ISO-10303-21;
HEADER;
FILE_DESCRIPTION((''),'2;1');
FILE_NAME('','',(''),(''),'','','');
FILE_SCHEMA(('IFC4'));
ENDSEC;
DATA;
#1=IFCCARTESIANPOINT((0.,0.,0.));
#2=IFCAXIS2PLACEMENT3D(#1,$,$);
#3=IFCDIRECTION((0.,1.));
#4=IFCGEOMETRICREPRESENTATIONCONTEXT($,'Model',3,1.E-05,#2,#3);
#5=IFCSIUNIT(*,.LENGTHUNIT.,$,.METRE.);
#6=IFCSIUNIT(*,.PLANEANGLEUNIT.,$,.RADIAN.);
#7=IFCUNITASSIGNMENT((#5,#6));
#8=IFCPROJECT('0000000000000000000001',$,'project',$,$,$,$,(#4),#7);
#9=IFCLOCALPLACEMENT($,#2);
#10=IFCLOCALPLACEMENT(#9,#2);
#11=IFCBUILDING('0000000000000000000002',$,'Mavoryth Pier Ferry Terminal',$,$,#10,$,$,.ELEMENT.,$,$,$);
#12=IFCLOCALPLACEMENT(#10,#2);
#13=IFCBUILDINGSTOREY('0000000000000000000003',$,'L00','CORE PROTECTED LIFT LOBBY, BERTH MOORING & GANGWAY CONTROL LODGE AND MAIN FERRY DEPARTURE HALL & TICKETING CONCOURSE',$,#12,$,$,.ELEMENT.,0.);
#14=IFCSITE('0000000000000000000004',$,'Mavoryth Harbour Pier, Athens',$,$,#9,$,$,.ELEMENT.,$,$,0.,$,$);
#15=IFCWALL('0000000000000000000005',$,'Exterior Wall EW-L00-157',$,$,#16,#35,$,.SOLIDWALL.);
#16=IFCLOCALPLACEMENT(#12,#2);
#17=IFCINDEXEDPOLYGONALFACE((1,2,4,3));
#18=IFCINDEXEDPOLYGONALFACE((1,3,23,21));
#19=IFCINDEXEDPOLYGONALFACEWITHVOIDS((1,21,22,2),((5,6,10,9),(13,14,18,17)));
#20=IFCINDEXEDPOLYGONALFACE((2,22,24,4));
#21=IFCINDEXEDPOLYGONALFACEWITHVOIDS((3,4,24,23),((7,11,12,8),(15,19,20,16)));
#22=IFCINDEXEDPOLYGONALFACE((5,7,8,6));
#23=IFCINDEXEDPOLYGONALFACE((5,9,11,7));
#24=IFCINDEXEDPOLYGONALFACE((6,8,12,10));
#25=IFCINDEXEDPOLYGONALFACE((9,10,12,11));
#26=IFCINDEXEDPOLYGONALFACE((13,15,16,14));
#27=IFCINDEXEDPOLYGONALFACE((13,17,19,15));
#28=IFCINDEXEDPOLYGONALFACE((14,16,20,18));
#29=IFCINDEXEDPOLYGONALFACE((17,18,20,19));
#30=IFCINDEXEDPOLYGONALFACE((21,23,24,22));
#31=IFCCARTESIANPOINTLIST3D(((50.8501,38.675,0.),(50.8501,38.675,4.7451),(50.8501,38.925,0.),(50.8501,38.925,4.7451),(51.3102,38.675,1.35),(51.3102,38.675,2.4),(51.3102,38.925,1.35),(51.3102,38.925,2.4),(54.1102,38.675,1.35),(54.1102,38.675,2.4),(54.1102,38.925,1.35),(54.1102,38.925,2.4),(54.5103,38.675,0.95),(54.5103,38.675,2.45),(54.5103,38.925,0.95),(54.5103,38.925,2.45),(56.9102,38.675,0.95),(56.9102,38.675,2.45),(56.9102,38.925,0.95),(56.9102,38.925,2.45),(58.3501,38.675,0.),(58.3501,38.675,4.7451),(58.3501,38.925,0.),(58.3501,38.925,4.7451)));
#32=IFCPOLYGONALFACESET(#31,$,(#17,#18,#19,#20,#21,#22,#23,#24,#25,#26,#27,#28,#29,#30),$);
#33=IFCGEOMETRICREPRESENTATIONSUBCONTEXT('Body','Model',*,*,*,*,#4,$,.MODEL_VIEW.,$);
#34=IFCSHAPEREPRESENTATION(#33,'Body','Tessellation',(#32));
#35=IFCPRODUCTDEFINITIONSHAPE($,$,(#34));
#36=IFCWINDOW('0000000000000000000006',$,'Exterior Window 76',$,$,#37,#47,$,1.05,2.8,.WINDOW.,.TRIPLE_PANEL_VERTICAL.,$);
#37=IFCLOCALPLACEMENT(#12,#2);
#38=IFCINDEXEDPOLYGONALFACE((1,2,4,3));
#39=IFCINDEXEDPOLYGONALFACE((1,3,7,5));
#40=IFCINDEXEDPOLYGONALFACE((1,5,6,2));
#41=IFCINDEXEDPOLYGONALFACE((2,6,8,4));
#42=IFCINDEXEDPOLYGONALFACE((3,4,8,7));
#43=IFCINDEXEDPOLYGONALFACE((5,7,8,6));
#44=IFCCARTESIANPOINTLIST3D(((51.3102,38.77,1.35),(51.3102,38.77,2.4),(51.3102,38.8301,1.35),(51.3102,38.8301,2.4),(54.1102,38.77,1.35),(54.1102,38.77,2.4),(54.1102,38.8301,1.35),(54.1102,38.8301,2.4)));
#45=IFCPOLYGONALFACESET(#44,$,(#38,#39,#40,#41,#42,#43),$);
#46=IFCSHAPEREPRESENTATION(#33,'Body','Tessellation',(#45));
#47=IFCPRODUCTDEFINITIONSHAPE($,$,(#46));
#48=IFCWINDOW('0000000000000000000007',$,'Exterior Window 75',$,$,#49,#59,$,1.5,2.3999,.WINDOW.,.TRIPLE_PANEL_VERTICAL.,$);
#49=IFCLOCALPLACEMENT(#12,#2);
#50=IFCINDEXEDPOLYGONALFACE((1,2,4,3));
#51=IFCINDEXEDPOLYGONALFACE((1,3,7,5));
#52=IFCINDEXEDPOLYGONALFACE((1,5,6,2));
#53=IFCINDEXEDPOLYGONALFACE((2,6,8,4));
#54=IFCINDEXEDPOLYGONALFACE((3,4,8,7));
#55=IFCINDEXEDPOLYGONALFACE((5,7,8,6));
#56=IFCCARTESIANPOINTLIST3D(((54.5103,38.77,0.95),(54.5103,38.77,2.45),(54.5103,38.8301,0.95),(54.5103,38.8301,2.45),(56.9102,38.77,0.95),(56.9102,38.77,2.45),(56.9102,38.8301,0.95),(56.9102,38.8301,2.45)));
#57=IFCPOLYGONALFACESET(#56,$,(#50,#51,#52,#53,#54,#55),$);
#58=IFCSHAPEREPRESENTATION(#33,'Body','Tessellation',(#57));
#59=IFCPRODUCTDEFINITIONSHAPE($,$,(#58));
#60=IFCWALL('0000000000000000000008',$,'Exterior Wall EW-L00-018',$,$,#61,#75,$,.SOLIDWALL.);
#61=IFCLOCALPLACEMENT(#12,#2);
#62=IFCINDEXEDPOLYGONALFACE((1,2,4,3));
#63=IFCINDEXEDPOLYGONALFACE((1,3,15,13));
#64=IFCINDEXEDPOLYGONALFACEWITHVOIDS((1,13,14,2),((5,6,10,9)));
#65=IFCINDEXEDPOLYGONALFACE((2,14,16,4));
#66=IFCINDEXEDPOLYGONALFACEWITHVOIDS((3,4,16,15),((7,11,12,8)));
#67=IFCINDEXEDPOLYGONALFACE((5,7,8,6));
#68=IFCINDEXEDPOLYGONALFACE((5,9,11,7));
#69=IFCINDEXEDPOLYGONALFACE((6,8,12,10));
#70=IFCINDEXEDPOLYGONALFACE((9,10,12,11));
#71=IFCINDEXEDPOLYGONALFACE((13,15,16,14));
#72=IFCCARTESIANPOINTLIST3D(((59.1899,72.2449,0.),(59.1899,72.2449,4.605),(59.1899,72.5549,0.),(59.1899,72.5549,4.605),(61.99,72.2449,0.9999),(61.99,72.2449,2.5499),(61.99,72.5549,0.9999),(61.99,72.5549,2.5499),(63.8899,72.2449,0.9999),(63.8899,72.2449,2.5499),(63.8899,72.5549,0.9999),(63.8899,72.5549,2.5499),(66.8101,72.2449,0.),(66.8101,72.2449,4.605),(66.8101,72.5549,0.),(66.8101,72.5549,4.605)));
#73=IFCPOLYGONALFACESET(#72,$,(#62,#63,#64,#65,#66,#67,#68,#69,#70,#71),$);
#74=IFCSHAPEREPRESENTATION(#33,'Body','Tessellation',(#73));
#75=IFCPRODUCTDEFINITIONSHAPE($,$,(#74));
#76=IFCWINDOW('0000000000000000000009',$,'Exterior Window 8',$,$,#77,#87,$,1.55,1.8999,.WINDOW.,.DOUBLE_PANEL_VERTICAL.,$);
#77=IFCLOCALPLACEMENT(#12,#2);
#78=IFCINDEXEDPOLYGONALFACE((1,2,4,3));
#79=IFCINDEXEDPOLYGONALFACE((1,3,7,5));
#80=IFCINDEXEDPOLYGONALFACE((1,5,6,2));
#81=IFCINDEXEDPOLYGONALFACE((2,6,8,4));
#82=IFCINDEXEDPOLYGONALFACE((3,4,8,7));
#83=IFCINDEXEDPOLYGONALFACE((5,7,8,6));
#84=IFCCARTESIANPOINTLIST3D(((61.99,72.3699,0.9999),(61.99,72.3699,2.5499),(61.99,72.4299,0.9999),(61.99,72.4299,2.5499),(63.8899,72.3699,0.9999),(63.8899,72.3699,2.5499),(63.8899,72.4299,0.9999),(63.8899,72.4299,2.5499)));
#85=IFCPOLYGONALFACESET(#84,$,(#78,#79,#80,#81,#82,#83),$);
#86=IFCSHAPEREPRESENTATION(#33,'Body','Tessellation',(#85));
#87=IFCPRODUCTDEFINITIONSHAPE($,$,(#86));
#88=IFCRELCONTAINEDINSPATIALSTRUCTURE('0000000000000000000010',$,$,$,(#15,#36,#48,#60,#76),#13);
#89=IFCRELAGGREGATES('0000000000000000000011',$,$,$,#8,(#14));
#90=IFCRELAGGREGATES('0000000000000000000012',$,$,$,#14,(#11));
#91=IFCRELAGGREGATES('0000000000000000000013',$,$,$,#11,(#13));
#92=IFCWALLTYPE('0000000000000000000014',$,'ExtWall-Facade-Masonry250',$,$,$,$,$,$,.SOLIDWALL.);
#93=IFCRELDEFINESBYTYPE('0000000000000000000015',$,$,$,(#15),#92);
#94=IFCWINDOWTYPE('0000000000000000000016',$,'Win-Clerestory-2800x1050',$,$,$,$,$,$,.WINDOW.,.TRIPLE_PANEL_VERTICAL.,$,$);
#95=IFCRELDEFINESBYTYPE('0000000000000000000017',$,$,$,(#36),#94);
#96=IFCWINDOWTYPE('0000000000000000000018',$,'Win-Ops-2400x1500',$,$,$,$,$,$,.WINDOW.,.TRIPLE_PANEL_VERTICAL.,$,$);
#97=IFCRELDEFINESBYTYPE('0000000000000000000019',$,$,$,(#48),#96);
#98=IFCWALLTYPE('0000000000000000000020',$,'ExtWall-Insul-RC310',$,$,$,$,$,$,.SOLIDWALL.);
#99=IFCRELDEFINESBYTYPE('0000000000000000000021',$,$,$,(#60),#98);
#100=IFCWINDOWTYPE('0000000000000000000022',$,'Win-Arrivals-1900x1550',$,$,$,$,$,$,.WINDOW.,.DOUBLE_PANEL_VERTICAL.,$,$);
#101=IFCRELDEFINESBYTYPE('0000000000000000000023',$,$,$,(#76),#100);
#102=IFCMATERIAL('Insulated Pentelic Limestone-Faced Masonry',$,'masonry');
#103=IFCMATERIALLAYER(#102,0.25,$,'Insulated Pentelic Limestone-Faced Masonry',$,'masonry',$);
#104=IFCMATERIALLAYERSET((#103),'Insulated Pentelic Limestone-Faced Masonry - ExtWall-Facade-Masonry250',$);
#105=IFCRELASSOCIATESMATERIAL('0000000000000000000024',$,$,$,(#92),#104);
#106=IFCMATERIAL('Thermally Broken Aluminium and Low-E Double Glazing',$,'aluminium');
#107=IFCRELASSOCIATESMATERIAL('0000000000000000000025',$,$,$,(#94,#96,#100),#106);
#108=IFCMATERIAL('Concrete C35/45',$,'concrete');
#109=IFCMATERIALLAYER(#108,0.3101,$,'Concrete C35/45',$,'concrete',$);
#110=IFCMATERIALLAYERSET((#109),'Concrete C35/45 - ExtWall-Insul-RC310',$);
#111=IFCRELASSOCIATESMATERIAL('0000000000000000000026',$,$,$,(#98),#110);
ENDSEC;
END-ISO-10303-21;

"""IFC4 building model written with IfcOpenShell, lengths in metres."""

from ifc_helpers import new_model, si_unit, direction, frame, frame_2d, origin, place, context, subcontext, project, spatial, rectangle, extrude, material, layer, layer_set, type_object, element, fill, save


model = new_model("IFC4")

# Units and contexts
model_context = context("Model", 3, precision=1e-05, world=origin(), true_north=direction((0.0, 1.0)))
body_context = subcontext(model_context, "Body", "Model", "MODEL_VIEW")
ifc_project = project(units=[si_unit("LENGTHUNIT", "METRE"), si_unit("PLANEANGLEUNIT", "RADIAN")], contexts=[model_context])

# Site, building, storey
site_placement = place(None, origin())
site = spatial("IfcSite", under=ifc_project, at=site_placement, Name="Mavoryth Harbour Pier, Athens", CompositionType="ELEMENT", RefElevation=0.0)
building_placement = place(site_placement, origin())
building = spatial("IfcBuilding", under=site, at=building_placement, Name="Mavoryth Pier Ferry Terminal", CompositionType="ELEMENT")
storey_placement = place(building_placement, origin())
storey = spatial("IfcBuildingStorey", under=building, at=storey_placement, Name="L00", Description="CORE PROTECTED LIFT LOBBY, BERTH MOORING & GANGWAY CONTROL LODGE AND MAIN FERRY DEPARTURE HALL & TICKETING CONCOURSE", CompositionType="ELEMENT", Elevation=0.0)

# Shared definitions
ifc_material_1 = material(Name="Concrete C35/45", Category="concrete")

# Wall, openings, windows
ifc_material_2 = material(Name="Insulated Pentelic Limestone-Faced Masonry", Category="masonry")
ifc_layer_1 = layer(ifc_material_2, 0.25, Name="Insulated Pentelic Limestone-Faced Masonry", Category="masonry")
ifc_layer_set_1 = layer_set([ifc_layer_1], Name="Insulated Pentelic Limestone-Faced Masonry - ExtWall-Facade-Masonry250")
wall_type_1 = type_object("IfcWallType", Name="ExtWall-Facade-Masonry250", PredefinedType="SOLIDWALL", material=ifc_layer_set_1)
wall_1_placement = place(storey_placement, frame((58.3501, 38.8, 0.0), z_axis=(0.0, 0.0, 1.0), x_axis=(-1.0, 0.0, 0.0)))
wall_1 = element("IfcWall", 1, at=wall_1_placement, inside=storey, type_object=wall_type_1, Name="Exterior Wall EW-L00-157", PredefinedType="SOLIDWALL", context=body_context, shape_type="SweptSolid", body=[
    extrude(rectangle(XDim=7.5, YDim=0.25, at=frame_2d((3.75, 0.0))), origin(), (0.0, 0.0, 1.0), 4.7451),
])
opening_1_placement = place(wall_1_placement, frame((1.4399, 0.0, 0.95)))
opening_1 = element("IfcOpeningElement", 2, at=opening_1_placement, cuts=wall_1, PredefinedType="OPENING", context=body_context, shape_type="SweptSolid", body=[
    extrude(rectangle(XDim=2.3999, YDim=1.5, at=frame_2d((1.2, 0.75))), frame((0.0, 0.135, 0.0), z_axis=(0.0, -1.0, 0.0), x_axis=(1.0, 0.0, 0.0)), (0.0, 0.0, 1.0), 0.27),
])
opening_2_placement = place(wall_1_placement, frame((4.24, 0.0, 1.3501)))
opening_2 = element("IfcOpeningElement", 3, at=opening_2_placement, cuts=wall_1, PredefinedType="OPENING", context=body_context, shape_type="SweptSolid", body=[
    extrude(rectangle(XDim=2.8, YDim=1.05, at=frame_2d((1.3999, 0.5249))), frame((0.0, 0.135, 0.0), z_axis=(0.0, -1.0, 0.0), x_axis=(1.0, 0.0, 0.0)), (0.0, 0.0, 1.0), 0.27),
])
ifc_material_3 = material(Name="Thermally Broken Aluminium and Low-E Double Glazing", Category="aluminium")
window_type_1 = type_object("IfcWindowType", Name="Win-Clerestory-2800x1050", PartitioningType="TRIPLE_PANEL_VERTICAL", PredefinedType="WINDOW", material=ifc_material_3)
window_1_placement = place(opening_2_placement, origin())
window_1 = element("IfcWindow", 4, at=window_1_placement, inside=storey, type_object=window_type_1, Name="Exterior Window 76", OverallHeight=1.05, OverallWidth=2.8, PartitioningType="TRIPLE_PANEL_VERTICAL", PredefinedType="WINDOW", context=body_context, shape_type="SweptSolid", body=[
    extrude(rectangle(XDim=2.8, YDim=1.05, at=frame_2d((1.3999, 0.5249))), frame((0.0, 0.03, 0.0), z_axis=(0.0, -1.0, 0.0), x_axis=(1.0, 0.0, 0.0)), (0.0, 0.0, 1.0), 0.0601),
])
fill(opening_2, window_1)
window_type_2 = type_object("IfcWindowType", Name="Win-Ops-2400x1500", PartitioningType="TRIPLE_PANEL_VERTICAL", PredefinedType="WINDOW", material=ifc_material_3)
window_2_placement = place(opening_1_placement, origin())
window_2 = element("IfcWindow", 5, at=window_2_placement, inside=storey, type_object=window_type_2, Name="Exterior Window 75", OverallHeight=1.5, OverallWidth=2.3999, PartitioningType="TRIPLE_PANEL_VERTICAL", PredefinedType="WINDOW", context=body_context, shape_type="SweptSolid", body=[
    extrude(rectangle(XDim=2.3999, YDim=1.5, at=frame_2d((1.2, 0.75))), frame((0.0, 0.03, 0.0), z_axis=(0.0, -1.0, 0.0), x_axis=(1.0, 0.0, 0.0)), (0.0, 0.0, 1.0), 0.0601),
])
fill(opening_1, window_2)

# Wall, opening, window
ifc_layer_2 = layer(ifc_material_1, 0.3101, Name="Concrete C35/45", Category="concrete")
ifc_layer_set_2 = layer_set([ifc_layer_2], Name="Concrete C35/45 - ExtWall-Insul-RC310")
wall_type_2 = type_object("IfcWallType", Name="ExtWall-Insul-RC310", PredefinedType="SOLIDWALL", material=ifc_layer_set_2)
wall_2_placement = place(storey_placement, frame((59.1899, 72.3999, 0.0), z_axis=(0.0, 0.0, 1.0), x_axis=(1.0, 0.0, 0.0)))
wall_2 = element("IfcWall", 6, at=wall_2_placement, inside=storey, type_object=wall_type_2, Name="Exterior Wall EW-L00-018", PredefinedType="SOLIDWALL", context=body_context, shape_type="SweptSolid", body=[
    extrude(rectangle(XDim=7.6201, YDim=0.3101, at=frame_2d((3.8101, 0.0))), origin(), (0.0, 0.0, 1.0), 4.605),
])
opening_3_placement = place(wall_2_placement, frame((2.8, 0.0, 1.0)))
opening_3 = element("IfcOpeningElement", 7, at=opening_3_placement, cuts=wall_2, PredefinedType="OPENING", context=body_context, shape_type="SweptSolid", body=[
    extrude(rectangle(XDim=1.8999, YDim=1.55, at=frame_2d((0.95, 0.7749))), frame((0.0, 0.165, 0.0), z_axis=(0.0, -1.0, 0.0), x_axis=(1.0, 0.0, 0.0)), (0.0, 0.0, 1.0), 0.3301),
])
window_type_3 = type_object("IfcWindowType", Name="Win-Arrivals-1900x1550", PartitioningType="DOUBLE_PANEL_VERTICAL", PredefinedType="WINDOW", material=ifc_material_3)
window_3_placement = place(opening_3_placement, origin())
window_3 = element("IfcWindow", 8, at=window_3_placement, inside=storey, type_object=window_type_3, Name="Exterior Window 8", OverallHeight=1.55, OverallWidth=1.8999, PartitioningType="DOUBLE_PANEL_VERTICAL", PredefinedType="WINDOW", context=body_context, shape_type="SweptSolid", body=[
    extrude(rectangle(XDim=1.8999, YDim=1.55, at=frame_2d((0.95, 0.7749))), frame((0.0, 0.03, 0.0), z_axis=(0.0, -1.0, 0.0), x_axis=(1.0, 0.0, 0.0)), (0.0, 0.0, 1.0), 0.0601),
])
fill(opening_3, window_3)

save(model, "model.ifc")
